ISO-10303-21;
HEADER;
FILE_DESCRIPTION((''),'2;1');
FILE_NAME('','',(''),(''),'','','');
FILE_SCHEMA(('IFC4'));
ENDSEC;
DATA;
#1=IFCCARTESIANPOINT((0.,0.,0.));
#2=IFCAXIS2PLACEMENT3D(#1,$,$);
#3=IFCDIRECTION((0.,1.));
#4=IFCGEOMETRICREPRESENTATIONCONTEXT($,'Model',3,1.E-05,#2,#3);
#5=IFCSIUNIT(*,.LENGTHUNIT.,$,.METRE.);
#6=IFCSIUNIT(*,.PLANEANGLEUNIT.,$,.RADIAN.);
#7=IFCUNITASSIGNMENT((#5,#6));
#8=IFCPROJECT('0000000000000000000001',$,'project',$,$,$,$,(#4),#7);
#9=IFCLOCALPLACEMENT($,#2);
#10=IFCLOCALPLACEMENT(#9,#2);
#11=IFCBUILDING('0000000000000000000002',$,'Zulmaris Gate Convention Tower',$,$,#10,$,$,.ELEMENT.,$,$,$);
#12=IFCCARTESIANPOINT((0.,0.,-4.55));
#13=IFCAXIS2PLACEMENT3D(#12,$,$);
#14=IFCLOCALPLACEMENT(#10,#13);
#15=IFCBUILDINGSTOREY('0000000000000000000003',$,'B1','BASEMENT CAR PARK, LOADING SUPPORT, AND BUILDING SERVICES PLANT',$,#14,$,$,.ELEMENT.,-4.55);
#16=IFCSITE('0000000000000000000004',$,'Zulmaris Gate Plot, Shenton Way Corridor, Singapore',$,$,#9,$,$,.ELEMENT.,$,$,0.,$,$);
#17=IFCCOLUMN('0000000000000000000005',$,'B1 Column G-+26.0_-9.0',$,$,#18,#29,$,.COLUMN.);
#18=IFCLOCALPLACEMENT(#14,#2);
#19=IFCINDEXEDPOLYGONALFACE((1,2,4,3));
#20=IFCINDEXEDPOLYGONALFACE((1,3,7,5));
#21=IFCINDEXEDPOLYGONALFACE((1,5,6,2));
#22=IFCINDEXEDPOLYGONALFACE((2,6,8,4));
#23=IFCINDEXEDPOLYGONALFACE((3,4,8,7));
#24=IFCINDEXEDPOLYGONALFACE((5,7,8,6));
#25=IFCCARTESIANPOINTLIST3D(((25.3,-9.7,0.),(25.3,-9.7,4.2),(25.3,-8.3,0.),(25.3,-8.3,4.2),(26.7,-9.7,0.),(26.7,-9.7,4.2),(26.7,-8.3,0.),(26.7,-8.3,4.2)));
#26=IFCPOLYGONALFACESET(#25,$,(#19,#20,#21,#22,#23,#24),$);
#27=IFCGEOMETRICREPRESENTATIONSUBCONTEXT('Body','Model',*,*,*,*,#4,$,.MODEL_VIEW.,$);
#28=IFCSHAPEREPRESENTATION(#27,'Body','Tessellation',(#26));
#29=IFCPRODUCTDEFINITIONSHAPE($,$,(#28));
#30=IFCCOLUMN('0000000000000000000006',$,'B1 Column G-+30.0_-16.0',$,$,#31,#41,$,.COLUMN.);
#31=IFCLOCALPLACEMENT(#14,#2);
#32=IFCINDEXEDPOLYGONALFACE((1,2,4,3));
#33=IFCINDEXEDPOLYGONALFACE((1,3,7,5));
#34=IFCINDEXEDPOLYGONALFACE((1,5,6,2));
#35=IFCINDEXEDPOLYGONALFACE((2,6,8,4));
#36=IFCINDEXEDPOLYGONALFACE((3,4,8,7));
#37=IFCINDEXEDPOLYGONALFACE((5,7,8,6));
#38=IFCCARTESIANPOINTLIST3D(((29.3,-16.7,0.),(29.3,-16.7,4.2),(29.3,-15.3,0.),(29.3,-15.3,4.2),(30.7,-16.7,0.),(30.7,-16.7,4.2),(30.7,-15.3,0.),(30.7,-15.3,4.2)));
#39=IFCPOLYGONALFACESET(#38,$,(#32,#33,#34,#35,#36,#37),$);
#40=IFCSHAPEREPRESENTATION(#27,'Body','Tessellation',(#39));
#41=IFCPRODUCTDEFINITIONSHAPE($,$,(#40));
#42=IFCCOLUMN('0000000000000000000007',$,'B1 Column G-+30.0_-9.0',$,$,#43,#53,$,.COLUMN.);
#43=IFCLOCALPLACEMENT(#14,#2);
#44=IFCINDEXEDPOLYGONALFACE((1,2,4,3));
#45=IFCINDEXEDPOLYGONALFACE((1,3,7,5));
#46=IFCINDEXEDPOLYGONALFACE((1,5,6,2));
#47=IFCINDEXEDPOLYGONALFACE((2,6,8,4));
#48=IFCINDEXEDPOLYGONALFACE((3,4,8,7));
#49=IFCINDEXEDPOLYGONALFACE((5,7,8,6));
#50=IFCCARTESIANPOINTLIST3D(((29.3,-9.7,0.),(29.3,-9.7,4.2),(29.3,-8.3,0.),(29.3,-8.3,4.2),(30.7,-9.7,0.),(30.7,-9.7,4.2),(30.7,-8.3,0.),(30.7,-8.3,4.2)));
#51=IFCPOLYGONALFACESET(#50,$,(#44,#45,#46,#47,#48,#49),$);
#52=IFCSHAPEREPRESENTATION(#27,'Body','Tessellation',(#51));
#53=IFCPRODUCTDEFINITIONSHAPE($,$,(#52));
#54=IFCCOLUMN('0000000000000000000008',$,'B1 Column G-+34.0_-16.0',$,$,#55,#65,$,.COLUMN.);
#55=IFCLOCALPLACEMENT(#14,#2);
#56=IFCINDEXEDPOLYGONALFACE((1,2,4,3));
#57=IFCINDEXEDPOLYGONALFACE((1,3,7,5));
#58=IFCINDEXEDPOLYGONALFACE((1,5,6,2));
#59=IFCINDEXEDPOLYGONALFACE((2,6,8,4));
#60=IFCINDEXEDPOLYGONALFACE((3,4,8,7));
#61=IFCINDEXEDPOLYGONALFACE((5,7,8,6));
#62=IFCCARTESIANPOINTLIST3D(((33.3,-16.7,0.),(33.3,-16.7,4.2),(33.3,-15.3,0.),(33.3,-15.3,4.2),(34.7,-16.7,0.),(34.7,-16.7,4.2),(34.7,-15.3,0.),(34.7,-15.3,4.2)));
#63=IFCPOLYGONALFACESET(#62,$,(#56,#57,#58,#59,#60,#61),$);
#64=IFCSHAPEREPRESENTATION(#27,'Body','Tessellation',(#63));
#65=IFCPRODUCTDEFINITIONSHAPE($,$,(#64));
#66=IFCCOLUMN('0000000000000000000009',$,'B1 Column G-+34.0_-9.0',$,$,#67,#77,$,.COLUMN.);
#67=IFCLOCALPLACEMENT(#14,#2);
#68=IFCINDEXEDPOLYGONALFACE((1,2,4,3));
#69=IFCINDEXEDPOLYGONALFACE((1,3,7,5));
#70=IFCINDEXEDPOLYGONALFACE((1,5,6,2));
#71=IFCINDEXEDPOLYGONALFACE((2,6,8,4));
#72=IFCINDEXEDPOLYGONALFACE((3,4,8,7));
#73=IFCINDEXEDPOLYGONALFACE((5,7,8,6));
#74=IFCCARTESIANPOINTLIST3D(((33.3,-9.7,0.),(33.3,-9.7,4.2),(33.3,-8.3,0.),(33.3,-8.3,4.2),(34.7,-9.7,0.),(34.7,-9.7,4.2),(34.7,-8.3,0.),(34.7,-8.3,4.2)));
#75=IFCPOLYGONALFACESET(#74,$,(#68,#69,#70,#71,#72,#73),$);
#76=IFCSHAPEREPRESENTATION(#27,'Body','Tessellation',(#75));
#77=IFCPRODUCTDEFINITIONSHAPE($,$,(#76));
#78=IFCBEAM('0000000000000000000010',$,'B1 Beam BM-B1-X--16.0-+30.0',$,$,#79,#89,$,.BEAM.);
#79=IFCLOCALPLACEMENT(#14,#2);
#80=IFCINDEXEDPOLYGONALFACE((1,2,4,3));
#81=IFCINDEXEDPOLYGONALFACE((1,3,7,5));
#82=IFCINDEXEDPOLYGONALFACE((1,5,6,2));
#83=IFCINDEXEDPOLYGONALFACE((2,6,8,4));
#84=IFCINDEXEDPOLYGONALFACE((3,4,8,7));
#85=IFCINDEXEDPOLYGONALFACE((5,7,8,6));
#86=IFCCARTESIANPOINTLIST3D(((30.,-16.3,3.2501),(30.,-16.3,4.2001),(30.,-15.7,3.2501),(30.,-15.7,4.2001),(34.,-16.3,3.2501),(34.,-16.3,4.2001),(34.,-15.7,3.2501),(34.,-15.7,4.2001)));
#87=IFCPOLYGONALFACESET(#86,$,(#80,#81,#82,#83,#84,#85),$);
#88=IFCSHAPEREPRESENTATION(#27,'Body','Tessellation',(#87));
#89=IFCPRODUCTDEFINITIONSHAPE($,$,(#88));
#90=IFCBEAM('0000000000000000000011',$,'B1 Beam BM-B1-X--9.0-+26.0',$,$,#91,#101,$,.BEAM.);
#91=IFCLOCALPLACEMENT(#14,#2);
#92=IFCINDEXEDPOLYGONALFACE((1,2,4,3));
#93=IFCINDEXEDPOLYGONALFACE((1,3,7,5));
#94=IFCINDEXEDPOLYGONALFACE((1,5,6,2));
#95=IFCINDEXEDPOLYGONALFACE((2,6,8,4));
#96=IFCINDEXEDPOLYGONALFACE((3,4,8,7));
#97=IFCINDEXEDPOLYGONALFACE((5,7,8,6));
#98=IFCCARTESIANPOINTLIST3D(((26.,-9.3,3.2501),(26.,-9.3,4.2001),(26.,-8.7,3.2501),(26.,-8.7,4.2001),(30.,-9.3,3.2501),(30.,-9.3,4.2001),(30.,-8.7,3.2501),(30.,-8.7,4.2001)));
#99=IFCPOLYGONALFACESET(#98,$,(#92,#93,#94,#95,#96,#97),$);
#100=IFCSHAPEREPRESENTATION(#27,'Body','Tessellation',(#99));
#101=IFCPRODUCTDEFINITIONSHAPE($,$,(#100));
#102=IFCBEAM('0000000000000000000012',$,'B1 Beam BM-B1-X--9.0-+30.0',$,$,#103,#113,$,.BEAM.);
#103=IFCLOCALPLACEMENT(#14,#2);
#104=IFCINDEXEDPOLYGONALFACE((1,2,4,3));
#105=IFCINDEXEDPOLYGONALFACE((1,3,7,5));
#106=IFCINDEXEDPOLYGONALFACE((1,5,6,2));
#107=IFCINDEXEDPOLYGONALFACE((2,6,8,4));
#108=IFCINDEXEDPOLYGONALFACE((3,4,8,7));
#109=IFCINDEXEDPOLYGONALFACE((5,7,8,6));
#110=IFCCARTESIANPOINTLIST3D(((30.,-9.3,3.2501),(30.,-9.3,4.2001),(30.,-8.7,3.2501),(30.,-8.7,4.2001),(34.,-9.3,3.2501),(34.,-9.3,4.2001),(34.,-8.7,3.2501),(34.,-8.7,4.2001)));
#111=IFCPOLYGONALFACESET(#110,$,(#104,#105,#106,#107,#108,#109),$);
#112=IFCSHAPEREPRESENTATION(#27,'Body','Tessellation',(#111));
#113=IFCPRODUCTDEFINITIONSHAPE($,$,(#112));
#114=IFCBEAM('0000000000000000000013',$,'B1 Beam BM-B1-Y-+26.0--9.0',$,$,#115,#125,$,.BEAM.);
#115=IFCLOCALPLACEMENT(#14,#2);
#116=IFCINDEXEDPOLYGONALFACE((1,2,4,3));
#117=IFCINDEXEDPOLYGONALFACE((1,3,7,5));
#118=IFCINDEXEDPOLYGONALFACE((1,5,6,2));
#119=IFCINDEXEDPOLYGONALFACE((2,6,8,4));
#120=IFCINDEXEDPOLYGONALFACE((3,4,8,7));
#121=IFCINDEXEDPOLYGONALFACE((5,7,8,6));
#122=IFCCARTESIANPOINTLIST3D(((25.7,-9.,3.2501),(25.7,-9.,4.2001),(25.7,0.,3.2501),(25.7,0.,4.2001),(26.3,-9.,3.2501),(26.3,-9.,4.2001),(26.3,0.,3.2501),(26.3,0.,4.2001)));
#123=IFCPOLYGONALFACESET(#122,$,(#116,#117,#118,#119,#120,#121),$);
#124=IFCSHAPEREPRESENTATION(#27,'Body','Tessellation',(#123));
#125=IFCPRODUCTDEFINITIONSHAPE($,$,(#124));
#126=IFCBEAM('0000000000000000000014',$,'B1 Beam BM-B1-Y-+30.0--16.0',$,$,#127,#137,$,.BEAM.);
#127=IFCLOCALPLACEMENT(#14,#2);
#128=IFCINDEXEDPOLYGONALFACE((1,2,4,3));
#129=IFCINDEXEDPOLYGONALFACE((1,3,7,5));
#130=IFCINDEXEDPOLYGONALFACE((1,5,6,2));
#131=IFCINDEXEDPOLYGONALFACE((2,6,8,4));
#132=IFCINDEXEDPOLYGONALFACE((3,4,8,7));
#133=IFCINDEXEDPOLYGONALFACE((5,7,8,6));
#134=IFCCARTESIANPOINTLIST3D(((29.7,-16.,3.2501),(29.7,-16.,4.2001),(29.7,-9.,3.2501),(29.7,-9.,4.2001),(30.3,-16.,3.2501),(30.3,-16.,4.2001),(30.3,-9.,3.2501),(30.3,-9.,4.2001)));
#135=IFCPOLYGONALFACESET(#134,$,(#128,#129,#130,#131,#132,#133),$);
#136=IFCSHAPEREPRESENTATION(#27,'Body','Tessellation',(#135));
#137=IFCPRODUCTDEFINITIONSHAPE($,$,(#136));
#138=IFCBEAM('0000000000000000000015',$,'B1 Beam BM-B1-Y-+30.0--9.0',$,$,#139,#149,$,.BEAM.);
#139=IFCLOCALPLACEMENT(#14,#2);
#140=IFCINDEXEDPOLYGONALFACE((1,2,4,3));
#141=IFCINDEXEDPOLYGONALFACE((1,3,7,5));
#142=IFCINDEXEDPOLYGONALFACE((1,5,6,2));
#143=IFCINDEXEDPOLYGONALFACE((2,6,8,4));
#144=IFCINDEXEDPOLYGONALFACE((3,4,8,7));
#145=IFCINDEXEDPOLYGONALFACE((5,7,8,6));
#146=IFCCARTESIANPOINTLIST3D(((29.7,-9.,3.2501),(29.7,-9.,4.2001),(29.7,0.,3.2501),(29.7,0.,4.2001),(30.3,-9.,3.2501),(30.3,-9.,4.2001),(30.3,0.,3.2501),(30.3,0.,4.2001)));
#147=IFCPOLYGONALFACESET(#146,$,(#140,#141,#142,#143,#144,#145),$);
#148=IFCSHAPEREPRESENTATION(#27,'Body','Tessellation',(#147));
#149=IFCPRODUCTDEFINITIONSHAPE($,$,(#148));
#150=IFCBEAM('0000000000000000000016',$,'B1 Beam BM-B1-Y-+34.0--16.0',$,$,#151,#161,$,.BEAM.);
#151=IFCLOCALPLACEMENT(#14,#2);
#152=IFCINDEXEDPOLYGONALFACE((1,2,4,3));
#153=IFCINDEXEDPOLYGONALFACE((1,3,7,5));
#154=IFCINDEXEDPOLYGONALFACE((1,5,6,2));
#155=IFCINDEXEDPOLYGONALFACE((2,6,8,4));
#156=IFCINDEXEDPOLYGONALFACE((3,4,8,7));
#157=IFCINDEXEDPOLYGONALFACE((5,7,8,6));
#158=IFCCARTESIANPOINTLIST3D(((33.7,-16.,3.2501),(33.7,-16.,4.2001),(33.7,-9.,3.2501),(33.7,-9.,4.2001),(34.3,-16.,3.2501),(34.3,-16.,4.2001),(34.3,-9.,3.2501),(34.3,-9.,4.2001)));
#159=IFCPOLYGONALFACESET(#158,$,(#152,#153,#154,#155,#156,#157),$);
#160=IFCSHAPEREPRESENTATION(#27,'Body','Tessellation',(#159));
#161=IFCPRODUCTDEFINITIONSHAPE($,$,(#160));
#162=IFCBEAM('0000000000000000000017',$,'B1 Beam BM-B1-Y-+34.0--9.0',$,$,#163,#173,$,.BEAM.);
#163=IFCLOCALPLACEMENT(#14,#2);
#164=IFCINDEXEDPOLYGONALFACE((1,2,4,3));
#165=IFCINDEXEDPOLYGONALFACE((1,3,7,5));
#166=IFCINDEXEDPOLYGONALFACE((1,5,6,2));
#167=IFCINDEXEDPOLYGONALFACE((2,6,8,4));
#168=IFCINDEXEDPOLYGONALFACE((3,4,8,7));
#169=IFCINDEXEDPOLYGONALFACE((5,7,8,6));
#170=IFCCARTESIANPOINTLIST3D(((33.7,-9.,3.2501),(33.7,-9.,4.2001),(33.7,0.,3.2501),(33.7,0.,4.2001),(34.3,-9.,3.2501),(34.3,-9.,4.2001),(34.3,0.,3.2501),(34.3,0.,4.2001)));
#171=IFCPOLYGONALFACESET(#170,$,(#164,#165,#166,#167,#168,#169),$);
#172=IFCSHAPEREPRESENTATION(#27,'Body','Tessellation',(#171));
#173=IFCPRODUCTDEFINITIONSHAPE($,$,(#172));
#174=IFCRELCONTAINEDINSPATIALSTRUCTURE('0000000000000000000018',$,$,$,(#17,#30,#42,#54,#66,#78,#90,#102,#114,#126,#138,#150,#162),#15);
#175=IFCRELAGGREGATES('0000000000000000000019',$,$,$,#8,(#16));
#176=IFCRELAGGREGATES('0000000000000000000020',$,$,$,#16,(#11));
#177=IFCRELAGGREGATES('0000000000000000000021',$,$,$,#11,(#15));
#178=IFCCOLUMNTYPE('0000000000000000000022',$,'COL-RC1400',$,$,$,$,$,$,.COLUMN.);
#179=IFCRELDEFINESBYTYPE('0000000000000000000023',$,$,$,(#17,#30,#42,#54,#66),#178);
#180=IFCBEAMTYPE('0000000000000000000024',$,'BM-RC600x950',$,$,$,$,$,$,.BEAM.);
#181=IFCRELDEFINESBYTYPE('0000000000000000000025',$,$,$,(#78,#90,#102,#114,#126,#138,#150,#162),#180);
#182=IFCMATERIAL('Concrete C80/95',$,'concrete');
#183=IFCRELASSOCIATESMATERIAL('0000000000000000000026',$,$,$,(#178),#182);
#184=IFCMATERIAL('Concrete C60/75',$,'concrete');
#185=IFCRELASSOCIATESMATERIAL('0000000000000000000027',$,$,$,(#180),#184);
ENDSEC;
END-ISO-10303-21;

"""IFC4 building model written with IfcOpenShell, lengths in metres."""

from ifc_helpers import new_model, si_unit, direction, frame, origin, origin_2d, place, context, subcontext, project, spatial, rectangle, extrude, material, material_profile, profile_set, type_object, element, save


model = new_model("IFC4")

# Units and contexts
model_context = context("Model", 3, precision=1e-05, world=origin(), true_north=direction((0.0, 1.0)))
body_context = subcontext(model_context, "Body", "Model", "MODEL_VIEW")
ifc_project = project(units=[si_unit("LENGTHUNIT", "METRE"), si_unit("PLANEANGLEUNIT", "RADIAN")], contexts=[model_context])

# Site, building, storey
site_placement = place(None, origin())
site = spatial("IfcSite", under=ifc_project, at=site_placement, Name="Zulmaris Gate Plot, Shenton Way Corridor, Singapore", CompositionType="ELEMENT", RefElevation=0.0)
building_placement = place(site_placement, origin())
building = spatial("IfcBuilding", under=site, at=building_placement, Name="Zulmaris Gate Convention Tower", CompositionType="ELEMENT")
storey_placement = place(building_placement, frame((0.0, 0.0, -4.55)))
storey = spatial("IfcBuildingStorey", under=building, at=storey_placement, Name="B1", Description="BASEMENT CAR PARK, LOADING SUPPORT, AND BUILDING SERVICES PLANT", CompositionType="ELEMENT", Elevation=-4.55)

# Columns
ifc_material_1 = material(Name="Concrete C80/95", Category="concrete")
ifc_material_profile_1 = material_profile(ifc_material_1, rectangle(XDim=1.3999, YDim=1.3999, at=origin_2d()), Name="RC COL 1400x1400")
ifc_profile_set_1 = profile_set([ifc_material_profile_1], Name="Concrete C80/95")
column_type = type_object("IfcColumnType", Name="COL-RC1400", PredefinedType="COLUMN", material=ifc_profile_set_1)
for number, where, z_axis, x_axis, name in (
    (1, (26.0, -9.0, 0.0), (0.0, 0.0, 1.0), (1.0, 0.0, 0.0), "B1 Column G-+26.0_-9.0"),
    (2, (30.0, -16.0, 0.0), (0.0, 0.0, 1.0), (1.0, 0.0, 0.0), "B1 Column G-+30.0_-16.0"),
    (3, (30.0, -9.0, 0.0), (0.0, 0.0, 1.0), (1.0, 0.0, 0.0), "B1 Column G-+30.0_-9.0"),
    (4, (34.0, -16.0, 0.0), (0.0, 0.0, 1.0), (1.0, 0.0, 0.0), "B1 Column G-+34.0_-16.0"),
    (5, (34.0, -9.0, 0.0), (0.0, 0.0, 1.0), (1.0, 0.0, 0.0), "B1 Column G-+34.0_-9.0"),
):
    element("IfcColumn", number, at=place(storey_placement, frame(where, z_axis=z_axis, x_axis=x_axis)), inside=storey, type_object=column_type, Name=name, PredefinedType="COLUMN", context=body_context, shape_type="SweptSolid", body=[
        extrude(rectangle(XDim=1.3999, YDim=1.3999, at=origin_2d()), origin(), (0.0, 0.0, 1.0), 4.2),
    ])

# Beams
ifc_material_2 = material(Name="Concrete C60/75", Category="concrete")
ifc_material_profile_2 = material_profile(ifc_material_2, rectangle(XDim=0.6001, YDim=0.95, at=origin_2d()), Name="RC BEAM 600x950")
ifc_profile_set_2 = profile_set([ifc_material_profile_2], Name="Concrete C60/75")
beam_type_1 = type_object("IfcBeamType", Name="BM-RC600x950", PredefinedType="BEAM", material=ifc_profile_set_2)
for number, where, z_axis, x_axis, name in (
    (6, (30.0, -16.0, 3.7251), (1.0, 0.0, 0.0), (0.0, 1.0, 0.0), "B1 Beam BM-B1-X--16.0-+30.0"),
    (7, (26.0, -9.0, 3.7251), (1.0, 0.0, 0.0), (0.0, 1.0, 0.0), "B1 Beam BM-B1-X--9.0-+26.0"),
    (8, (30.0, -9.0, 3.7251), (1.0, 0.0, 0.0), (0.0, 1.0, 0.0), "B1 Beam BM-B1-X--9.0-+30.0"),
):
    element("IfcBeam", number, at=place(storey_placement, frame(where, z_axis=z_axis, x_axis=x_axis)), inside=storey, type_object=beam_type_1, Name=name, PredefinedType="BEAM", context=body_context, shape_type="SweptSolid", body=[
        extrude(rectangle(XDim=0.6001, YDim=0.95, at=origin_2d()), origin(), (0.0, 0.0, 1.0), 4.0),
    ])
beam_1_placement = place(storey_placement, frame((26.0, -9.0, 3.7251), z_axis=(0.0, 1.0, 0.0), x_axis=(-1.0, 0.0, 0.0)))
element("IfcBeam", 9, at=beam_1_placement, inside=storey, type_object=beam_type_1, Name="B1 Beam BM-B1-Y-+26.0--9.0", PredefinedType="BEAM", context=body_context, shape_type="SweptSolid", body=[
    extrude(rectangle(XDim=0.6001, YDim=0.95, at=origin_2d()), origin(), (0.0, 0.0, 1.0), 9.0),
])
beam_2_placement = place(storey_placement, frame((30.0, -16.0, 3.7251), z_axis=(0.0, 1.0, 0.0), x_axis=(-1.0, 0.0, 0.0)))
element("IfcBeam", 10, at=beam_2_placement, inside=storey, type_object=beam_type_1, Name="B1 Beam BM-B1-Y-+30.0--16.0", PredefinedType="BEAM", context=body_context, shape_type="SweptSolid", body=[
    extrude(rectangle(XDim=0.6001, YDim=0.95, at=origin_2d()), origin(), (0.0, 0.0, 1.0), 7.0),
])
beam_3_placement = place(storey_placement, frame((30.0, -9.0, 3.7251), z_axis=(0.0, 1.0, 0.0), x_axis=(-1.0, 0.0, 0.0)))
element("IfcBeam", 11, at=beam_3_placement, inside=storey, type_object=beam_type_1, Name="B1 Beam BM-B1-Y-+30.0--9.0", PredefinedType="BEAM", context=body_context, shape_type="SweptSolid", body=[
    extrude(rectangle(XDim=0.6001, YDim=0.95, at=origin_2d()), origin(), (0.0, 0.0, 1.0), 9.0),
])
beam_4_placement = place(storey_placement, frame((34.0, -16.0, 3.7251), z_axis=(0.0, 1.0, 0.0), x_axis=(-1.0, 0.0, 0.0)))
element("IfcBeam", 12, at=beam_4_placement, inside=storey, type_object=beam_type_1, Name="B1 Beam BM-B1-Y-+34.0--16.0", PredefinedType="BEAM", context=body_context, shape_type="SweptSolid", body=[
    extrude(rectangle(XDim=0.6001, YDim=0.95, at=origin_2d()), origin(), (0.0, 0.0, 1.0), 7.0),
])
beam_5_placement = place(storey_placement, frame((34.0, -9.0, 3.7251), z_axis=(0.0, 1.0, 0.0), x_axis=(-1.0, 0.0, 0.0)))
element("IfcBeam", 13, at=beam_5_placement, inside=storey, type_object=beam_type_1, Name="B1 Beam BM-B1-Y-+34.0--9.0", PredefinedType="BEAM", context=body_context, shape_type="SweptSolid", body=[
    extrude(rectangle(XDim=0.6001, YDim=0.95, at=origin_2d()), origin(), (0.0, 0.0, 1.0), 9.0),
])

save(model, "model.ifc")
